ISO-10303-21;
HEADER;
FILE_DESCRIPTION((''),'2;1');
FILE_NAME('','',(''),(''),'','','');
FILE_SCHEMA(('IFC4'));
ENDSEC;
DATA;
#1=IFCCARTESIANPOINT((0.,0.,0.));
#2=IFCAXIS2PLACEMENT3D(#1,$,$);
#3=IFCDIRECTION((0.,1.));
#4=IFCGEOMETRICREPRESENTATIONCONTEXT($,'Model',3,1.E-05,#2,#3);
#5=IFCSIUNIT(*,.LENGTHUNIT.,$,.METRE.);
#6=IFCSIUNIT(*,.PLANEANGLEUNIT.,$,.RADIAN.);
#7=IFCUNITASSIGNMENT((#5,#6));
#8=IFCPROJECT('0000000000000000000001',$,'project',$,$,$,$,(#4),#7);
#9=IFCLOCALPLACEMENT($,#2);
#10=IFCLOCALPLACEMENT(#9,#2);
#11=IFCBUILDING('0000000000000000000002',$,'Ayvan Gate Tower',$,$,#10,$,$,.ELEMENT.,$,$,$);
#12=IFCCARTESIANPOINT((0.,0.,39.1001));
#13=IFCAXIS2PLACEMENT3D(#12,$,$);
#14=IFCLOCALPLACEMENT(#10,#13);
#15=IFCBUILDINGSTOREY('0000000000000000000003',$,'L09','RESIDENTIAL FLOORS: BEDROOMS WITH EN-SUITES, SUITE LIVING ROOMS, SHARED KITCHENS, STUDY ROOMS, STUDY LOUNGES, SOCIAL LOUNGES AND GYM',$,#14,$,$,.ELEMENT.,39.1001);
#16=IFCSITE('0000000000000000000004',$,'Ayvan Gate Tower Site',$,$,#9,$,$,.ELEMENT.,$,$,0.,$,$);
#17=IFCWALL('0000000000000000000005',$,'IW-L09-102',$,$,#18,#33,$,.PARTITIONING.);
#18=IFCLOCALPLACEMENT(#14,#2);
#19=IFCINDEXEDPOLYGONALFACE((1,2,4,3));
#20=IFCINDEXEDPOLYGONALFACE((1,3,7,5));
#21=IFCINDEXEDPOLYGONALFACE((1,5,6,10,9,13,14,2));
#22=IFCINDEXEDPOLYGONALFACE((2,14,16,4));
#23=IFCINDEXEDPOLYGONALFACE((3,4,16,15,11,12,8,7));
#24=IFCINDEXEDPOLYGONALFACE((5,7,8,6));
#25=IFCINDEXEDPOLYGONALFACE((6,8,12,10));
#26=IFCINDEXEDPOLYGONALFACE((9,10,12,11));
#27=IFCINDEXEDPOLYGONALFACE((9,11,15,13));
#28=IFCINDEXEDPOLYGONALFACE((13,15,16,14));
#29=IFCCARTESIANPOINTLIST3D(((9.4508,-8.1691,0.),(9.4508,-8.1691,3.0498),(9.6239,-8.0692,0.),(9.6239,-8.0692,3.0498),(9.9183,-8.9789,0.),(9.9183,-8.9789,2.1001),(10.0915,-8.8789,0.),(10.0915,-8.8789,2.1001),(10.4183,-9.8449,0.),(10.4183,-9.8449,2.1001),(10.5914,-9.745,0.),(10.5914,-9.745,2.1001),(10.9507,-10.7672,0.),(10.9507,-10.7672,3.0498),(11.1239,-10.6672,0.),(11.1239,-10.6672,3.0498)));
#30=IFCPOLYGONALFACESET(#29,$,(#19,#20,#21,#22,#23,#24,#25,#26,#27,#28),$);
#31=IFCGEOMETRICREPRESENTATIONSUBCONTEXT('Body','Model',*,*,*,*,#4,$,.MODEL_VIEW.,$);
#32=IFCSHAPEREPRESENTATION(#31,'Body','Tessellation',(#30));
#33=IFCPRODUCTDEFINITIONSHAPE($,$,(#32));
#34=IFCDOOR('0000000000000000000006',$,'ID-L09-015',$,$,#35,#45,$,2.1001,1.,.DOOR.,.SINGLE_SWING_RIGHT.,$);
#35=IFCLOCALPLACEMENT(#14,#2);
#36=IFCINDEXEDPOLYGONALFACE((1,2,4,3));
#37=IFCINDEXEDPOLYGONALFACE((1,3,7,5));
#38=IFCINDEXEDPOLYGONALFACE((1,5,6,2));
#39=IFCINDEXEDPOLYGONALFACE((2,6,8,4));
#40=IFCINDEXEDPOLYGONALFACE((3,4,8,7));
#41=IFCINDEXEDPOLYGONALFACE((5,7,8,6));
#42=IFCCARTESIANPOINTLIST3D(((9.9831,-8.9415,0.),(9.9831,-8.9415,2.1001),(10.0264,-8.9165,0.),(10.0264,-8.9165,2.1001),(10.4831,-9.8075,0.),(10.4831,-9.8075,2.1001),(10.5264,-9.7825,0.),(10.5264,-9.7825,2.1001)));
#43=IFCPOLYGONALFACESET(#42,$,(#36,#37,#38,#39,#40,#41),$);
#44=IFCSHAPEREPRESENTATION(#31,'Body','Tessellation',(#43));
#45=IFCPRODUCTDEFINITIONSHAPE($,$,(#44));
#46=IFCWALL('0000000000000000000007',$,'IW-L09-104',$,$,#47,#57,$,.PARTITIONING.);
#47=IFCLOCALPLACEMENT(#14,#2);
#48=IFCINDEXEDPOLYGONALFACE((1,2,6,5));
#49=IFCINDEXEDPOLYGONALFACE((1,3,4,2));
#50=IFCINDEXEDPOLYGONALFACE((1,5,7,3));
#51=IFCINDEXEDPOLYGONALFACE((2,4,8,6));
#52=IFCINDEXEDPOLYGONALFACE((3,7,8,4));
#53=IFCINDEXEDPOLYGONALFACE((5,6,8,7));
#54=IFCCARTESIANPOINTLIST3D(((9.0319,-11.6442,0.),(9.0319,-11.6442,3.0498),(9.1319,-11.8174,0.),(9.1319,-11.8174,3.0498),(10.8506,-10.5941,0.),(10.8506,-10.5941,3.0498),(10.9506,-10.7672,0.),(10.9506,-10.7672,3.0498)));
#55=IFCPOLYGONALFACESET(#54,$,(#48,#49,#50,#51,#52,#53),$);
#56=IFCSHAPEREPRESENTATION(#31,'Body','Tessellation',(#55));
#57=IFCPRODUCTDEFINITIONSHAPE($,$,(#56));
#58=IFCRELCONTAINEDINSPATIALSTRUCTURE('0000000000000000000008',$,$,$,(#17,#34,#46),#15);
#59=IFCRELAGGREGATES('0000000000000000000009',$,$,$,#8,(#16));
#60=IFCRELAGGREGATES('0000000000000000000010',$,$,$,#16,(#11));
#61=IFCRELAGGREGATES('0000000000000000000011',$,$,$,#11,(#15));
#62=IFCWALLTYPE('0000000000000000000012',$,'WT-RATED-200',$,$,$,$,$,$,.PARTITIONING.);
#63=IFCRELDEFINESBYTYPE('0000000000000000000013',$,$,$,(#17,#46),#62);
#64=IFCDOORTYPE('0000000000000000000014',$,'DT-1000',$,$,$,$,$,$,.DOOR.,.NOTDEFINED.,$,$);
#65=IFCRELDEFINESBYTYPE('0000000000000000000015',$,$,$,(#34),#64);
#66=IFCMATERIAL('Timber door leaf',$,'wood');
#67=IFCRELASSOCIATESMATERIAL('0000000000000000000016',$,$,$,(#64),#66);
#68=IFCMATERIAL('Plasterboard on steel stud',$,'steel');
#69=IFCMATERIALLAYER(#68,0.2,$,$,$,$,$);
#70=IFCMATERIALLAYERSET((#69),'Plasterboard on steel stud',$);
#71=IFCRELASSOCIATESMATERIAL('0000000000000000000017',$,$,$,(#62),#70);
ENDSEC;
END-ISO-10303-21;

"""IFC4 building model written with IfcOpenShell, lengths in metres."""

from ifc_helpers import new_model, si_unit, direction, frame, frame_2d, origin, place, context, subcontext, project, spatial, rectangle, extrude, material, layer, layer_set, type_object, element, fill, save


model = new_model("IFC4")

# Units and contexts
model_context = context("Model", 3, precision=1e-05, world=origin(), true_north=direction((0.0, 1.0)))
body_context = subcontext(model_context, "Body", "Model", "MODEL_VIEW")
ifc_project = project(units=[si_unit("LENGTHUNIT", "METRE"), si_unit("PLANEANGLEUNIT", "RADIAN")], contexts=[model_context])

# Site, building, storey
site_placement = place(None, origin())
site = spatial("IfcSite", under=ifc_project, at=site_placement, Name="Ayvan Gate Tower Site", CompositionType="ELEMENT", RefElevation=0.0)
building_placement = place(site_placement, origin())
building = spatial("IfcBuilding", under=site, at=building_placement, Name="Ayvan Gate Tower", CompositionType="ELEMENT")
storey_placement = place(building_placement, frame((0.0, 0.0, 39.1001)))
storey = spatial("IfcBuildingStorey", under=building, at=storey_placement, Name="L09", Description="RESIDENTIAL FLOORS: BEDROOMS WITH EN-SUITES, SUITE LIVING ROOMS, SHARED KITCHENS, STUDY ROOMS, STUDY LOUNGES, SOCIAL LOUNGES AND GYM", CompositionType="ELEMENT", Elevation=39.1001)

# Shared definitions
ifc_material_1 = material(Name="Timber door leaf", Category="wood")

# Shared definitions
ifc_material_2 = material(Name="Plasterboard on steel stud", Category="steel")

# Shared definitions
door_type_1 = type_object("IfcDoorType", Name="DT-1000", OperationType="NOTDEFINED", PredefinedType="DOOR", material=ifc_material_1)

# Wall, opening, door
ifc_layer_1 = layer(ifc_material_2, 0.2)
ifc_layer_set_1 = layer_set([ifc_layer_1], Name="Plasterboard on steel stud")
wall_type_1 = type_object("IfcWallType", Name="WT-RATED-200", PredefinedType="PARTITIONING", material=ifc_layer_set_1)
wall_1_placement = place(storey_placement, frame((9.5374, -8.1191, 0.0), z_axis=(0.0, 0.0, 1.0), x_axis=(0.49999, -0.866031, 0.0)))
wall_1 = element("IfcWall", 1, at=wall_1_placement, inside=storey, type_object=wall_type_1, Name="IW-L09-102", PredefinedType="PARTITIONING", context=body_context, shape_type="SweptSolid", body=[
    extrude(rectangle(XDim=3.0, YDim=0.2, at=frame_2d((1.5, 0.0))), origin(), (0.0, 0.0, 1.0), 3.0498),
])
opening_1_placement = place(wall_1_placement, frame((0.9351, 0.0, 0.0)))
opening_1 = element("IfcOpeningElement", 2, at=opening_1_placement, cuts=wall_1, PredefinedType="OPENING", context=body_context, shape_type="SweptSolid", body=[
    extrude(rectangle(XDim=1.0, YDim=2.1001, at=frame_2d((0.5, 1.05))), frame((0.0, 0.1099, 0.0), z_axis=(0.0, -1.0, 0.0), x_axis=(1.0, 0.0, 0.0)), (0.0, 0.0, 1.0), 0.22),
])
door_1_placement = place(opening_1_placement, origin())
door_1 = element("IfcDoor", 3, at=door_1_placement, inside=storey, type_object=door_type_1, Name="ID-L09-015", OperationType="SINGLE_SWING_RIGHT", OverallHeight=2.1001, OverallWidth=1.0, PredefinedType="DOOR", context=body_context, shape_type="SweptSolid", body=[
    extrude(rectangle(XDim=1.0, YDim=2.1001, at=frame_2d((0.5, 1.05))), frame((0.0, 0.0249, 0.0), z_axis=(0.0, -1.0, 0.0), x_axis=(1.0, 0.0, 0.0)), (0.0, 0.0, 1.0), 0.05),
])
fill(opening_1, door_1)

# Wall
wall_2_placement = place(storey_placement, frame((10.9006, -10.6807, 0.0), z_axis=(0.0, 0.0, 1.0), x_axis=(-0.866009, -0.500028, 0.0)))
element("IfcWall", 4, at=wall_2_placement, inside=storey, type_object=wall_type_1, Name="IW-L09-104", PredefinedType="PARTITIONING", context=body_context, shape_type="SweptSolid", body=[
    extrude(rectangle(XDim=2.1001, YDim=0.2, at=frame_2d((1.05, 0.0))), origin(), (0.0, 0.0, 1.0), 3.0498),
])

save(model, "model.ifc")
